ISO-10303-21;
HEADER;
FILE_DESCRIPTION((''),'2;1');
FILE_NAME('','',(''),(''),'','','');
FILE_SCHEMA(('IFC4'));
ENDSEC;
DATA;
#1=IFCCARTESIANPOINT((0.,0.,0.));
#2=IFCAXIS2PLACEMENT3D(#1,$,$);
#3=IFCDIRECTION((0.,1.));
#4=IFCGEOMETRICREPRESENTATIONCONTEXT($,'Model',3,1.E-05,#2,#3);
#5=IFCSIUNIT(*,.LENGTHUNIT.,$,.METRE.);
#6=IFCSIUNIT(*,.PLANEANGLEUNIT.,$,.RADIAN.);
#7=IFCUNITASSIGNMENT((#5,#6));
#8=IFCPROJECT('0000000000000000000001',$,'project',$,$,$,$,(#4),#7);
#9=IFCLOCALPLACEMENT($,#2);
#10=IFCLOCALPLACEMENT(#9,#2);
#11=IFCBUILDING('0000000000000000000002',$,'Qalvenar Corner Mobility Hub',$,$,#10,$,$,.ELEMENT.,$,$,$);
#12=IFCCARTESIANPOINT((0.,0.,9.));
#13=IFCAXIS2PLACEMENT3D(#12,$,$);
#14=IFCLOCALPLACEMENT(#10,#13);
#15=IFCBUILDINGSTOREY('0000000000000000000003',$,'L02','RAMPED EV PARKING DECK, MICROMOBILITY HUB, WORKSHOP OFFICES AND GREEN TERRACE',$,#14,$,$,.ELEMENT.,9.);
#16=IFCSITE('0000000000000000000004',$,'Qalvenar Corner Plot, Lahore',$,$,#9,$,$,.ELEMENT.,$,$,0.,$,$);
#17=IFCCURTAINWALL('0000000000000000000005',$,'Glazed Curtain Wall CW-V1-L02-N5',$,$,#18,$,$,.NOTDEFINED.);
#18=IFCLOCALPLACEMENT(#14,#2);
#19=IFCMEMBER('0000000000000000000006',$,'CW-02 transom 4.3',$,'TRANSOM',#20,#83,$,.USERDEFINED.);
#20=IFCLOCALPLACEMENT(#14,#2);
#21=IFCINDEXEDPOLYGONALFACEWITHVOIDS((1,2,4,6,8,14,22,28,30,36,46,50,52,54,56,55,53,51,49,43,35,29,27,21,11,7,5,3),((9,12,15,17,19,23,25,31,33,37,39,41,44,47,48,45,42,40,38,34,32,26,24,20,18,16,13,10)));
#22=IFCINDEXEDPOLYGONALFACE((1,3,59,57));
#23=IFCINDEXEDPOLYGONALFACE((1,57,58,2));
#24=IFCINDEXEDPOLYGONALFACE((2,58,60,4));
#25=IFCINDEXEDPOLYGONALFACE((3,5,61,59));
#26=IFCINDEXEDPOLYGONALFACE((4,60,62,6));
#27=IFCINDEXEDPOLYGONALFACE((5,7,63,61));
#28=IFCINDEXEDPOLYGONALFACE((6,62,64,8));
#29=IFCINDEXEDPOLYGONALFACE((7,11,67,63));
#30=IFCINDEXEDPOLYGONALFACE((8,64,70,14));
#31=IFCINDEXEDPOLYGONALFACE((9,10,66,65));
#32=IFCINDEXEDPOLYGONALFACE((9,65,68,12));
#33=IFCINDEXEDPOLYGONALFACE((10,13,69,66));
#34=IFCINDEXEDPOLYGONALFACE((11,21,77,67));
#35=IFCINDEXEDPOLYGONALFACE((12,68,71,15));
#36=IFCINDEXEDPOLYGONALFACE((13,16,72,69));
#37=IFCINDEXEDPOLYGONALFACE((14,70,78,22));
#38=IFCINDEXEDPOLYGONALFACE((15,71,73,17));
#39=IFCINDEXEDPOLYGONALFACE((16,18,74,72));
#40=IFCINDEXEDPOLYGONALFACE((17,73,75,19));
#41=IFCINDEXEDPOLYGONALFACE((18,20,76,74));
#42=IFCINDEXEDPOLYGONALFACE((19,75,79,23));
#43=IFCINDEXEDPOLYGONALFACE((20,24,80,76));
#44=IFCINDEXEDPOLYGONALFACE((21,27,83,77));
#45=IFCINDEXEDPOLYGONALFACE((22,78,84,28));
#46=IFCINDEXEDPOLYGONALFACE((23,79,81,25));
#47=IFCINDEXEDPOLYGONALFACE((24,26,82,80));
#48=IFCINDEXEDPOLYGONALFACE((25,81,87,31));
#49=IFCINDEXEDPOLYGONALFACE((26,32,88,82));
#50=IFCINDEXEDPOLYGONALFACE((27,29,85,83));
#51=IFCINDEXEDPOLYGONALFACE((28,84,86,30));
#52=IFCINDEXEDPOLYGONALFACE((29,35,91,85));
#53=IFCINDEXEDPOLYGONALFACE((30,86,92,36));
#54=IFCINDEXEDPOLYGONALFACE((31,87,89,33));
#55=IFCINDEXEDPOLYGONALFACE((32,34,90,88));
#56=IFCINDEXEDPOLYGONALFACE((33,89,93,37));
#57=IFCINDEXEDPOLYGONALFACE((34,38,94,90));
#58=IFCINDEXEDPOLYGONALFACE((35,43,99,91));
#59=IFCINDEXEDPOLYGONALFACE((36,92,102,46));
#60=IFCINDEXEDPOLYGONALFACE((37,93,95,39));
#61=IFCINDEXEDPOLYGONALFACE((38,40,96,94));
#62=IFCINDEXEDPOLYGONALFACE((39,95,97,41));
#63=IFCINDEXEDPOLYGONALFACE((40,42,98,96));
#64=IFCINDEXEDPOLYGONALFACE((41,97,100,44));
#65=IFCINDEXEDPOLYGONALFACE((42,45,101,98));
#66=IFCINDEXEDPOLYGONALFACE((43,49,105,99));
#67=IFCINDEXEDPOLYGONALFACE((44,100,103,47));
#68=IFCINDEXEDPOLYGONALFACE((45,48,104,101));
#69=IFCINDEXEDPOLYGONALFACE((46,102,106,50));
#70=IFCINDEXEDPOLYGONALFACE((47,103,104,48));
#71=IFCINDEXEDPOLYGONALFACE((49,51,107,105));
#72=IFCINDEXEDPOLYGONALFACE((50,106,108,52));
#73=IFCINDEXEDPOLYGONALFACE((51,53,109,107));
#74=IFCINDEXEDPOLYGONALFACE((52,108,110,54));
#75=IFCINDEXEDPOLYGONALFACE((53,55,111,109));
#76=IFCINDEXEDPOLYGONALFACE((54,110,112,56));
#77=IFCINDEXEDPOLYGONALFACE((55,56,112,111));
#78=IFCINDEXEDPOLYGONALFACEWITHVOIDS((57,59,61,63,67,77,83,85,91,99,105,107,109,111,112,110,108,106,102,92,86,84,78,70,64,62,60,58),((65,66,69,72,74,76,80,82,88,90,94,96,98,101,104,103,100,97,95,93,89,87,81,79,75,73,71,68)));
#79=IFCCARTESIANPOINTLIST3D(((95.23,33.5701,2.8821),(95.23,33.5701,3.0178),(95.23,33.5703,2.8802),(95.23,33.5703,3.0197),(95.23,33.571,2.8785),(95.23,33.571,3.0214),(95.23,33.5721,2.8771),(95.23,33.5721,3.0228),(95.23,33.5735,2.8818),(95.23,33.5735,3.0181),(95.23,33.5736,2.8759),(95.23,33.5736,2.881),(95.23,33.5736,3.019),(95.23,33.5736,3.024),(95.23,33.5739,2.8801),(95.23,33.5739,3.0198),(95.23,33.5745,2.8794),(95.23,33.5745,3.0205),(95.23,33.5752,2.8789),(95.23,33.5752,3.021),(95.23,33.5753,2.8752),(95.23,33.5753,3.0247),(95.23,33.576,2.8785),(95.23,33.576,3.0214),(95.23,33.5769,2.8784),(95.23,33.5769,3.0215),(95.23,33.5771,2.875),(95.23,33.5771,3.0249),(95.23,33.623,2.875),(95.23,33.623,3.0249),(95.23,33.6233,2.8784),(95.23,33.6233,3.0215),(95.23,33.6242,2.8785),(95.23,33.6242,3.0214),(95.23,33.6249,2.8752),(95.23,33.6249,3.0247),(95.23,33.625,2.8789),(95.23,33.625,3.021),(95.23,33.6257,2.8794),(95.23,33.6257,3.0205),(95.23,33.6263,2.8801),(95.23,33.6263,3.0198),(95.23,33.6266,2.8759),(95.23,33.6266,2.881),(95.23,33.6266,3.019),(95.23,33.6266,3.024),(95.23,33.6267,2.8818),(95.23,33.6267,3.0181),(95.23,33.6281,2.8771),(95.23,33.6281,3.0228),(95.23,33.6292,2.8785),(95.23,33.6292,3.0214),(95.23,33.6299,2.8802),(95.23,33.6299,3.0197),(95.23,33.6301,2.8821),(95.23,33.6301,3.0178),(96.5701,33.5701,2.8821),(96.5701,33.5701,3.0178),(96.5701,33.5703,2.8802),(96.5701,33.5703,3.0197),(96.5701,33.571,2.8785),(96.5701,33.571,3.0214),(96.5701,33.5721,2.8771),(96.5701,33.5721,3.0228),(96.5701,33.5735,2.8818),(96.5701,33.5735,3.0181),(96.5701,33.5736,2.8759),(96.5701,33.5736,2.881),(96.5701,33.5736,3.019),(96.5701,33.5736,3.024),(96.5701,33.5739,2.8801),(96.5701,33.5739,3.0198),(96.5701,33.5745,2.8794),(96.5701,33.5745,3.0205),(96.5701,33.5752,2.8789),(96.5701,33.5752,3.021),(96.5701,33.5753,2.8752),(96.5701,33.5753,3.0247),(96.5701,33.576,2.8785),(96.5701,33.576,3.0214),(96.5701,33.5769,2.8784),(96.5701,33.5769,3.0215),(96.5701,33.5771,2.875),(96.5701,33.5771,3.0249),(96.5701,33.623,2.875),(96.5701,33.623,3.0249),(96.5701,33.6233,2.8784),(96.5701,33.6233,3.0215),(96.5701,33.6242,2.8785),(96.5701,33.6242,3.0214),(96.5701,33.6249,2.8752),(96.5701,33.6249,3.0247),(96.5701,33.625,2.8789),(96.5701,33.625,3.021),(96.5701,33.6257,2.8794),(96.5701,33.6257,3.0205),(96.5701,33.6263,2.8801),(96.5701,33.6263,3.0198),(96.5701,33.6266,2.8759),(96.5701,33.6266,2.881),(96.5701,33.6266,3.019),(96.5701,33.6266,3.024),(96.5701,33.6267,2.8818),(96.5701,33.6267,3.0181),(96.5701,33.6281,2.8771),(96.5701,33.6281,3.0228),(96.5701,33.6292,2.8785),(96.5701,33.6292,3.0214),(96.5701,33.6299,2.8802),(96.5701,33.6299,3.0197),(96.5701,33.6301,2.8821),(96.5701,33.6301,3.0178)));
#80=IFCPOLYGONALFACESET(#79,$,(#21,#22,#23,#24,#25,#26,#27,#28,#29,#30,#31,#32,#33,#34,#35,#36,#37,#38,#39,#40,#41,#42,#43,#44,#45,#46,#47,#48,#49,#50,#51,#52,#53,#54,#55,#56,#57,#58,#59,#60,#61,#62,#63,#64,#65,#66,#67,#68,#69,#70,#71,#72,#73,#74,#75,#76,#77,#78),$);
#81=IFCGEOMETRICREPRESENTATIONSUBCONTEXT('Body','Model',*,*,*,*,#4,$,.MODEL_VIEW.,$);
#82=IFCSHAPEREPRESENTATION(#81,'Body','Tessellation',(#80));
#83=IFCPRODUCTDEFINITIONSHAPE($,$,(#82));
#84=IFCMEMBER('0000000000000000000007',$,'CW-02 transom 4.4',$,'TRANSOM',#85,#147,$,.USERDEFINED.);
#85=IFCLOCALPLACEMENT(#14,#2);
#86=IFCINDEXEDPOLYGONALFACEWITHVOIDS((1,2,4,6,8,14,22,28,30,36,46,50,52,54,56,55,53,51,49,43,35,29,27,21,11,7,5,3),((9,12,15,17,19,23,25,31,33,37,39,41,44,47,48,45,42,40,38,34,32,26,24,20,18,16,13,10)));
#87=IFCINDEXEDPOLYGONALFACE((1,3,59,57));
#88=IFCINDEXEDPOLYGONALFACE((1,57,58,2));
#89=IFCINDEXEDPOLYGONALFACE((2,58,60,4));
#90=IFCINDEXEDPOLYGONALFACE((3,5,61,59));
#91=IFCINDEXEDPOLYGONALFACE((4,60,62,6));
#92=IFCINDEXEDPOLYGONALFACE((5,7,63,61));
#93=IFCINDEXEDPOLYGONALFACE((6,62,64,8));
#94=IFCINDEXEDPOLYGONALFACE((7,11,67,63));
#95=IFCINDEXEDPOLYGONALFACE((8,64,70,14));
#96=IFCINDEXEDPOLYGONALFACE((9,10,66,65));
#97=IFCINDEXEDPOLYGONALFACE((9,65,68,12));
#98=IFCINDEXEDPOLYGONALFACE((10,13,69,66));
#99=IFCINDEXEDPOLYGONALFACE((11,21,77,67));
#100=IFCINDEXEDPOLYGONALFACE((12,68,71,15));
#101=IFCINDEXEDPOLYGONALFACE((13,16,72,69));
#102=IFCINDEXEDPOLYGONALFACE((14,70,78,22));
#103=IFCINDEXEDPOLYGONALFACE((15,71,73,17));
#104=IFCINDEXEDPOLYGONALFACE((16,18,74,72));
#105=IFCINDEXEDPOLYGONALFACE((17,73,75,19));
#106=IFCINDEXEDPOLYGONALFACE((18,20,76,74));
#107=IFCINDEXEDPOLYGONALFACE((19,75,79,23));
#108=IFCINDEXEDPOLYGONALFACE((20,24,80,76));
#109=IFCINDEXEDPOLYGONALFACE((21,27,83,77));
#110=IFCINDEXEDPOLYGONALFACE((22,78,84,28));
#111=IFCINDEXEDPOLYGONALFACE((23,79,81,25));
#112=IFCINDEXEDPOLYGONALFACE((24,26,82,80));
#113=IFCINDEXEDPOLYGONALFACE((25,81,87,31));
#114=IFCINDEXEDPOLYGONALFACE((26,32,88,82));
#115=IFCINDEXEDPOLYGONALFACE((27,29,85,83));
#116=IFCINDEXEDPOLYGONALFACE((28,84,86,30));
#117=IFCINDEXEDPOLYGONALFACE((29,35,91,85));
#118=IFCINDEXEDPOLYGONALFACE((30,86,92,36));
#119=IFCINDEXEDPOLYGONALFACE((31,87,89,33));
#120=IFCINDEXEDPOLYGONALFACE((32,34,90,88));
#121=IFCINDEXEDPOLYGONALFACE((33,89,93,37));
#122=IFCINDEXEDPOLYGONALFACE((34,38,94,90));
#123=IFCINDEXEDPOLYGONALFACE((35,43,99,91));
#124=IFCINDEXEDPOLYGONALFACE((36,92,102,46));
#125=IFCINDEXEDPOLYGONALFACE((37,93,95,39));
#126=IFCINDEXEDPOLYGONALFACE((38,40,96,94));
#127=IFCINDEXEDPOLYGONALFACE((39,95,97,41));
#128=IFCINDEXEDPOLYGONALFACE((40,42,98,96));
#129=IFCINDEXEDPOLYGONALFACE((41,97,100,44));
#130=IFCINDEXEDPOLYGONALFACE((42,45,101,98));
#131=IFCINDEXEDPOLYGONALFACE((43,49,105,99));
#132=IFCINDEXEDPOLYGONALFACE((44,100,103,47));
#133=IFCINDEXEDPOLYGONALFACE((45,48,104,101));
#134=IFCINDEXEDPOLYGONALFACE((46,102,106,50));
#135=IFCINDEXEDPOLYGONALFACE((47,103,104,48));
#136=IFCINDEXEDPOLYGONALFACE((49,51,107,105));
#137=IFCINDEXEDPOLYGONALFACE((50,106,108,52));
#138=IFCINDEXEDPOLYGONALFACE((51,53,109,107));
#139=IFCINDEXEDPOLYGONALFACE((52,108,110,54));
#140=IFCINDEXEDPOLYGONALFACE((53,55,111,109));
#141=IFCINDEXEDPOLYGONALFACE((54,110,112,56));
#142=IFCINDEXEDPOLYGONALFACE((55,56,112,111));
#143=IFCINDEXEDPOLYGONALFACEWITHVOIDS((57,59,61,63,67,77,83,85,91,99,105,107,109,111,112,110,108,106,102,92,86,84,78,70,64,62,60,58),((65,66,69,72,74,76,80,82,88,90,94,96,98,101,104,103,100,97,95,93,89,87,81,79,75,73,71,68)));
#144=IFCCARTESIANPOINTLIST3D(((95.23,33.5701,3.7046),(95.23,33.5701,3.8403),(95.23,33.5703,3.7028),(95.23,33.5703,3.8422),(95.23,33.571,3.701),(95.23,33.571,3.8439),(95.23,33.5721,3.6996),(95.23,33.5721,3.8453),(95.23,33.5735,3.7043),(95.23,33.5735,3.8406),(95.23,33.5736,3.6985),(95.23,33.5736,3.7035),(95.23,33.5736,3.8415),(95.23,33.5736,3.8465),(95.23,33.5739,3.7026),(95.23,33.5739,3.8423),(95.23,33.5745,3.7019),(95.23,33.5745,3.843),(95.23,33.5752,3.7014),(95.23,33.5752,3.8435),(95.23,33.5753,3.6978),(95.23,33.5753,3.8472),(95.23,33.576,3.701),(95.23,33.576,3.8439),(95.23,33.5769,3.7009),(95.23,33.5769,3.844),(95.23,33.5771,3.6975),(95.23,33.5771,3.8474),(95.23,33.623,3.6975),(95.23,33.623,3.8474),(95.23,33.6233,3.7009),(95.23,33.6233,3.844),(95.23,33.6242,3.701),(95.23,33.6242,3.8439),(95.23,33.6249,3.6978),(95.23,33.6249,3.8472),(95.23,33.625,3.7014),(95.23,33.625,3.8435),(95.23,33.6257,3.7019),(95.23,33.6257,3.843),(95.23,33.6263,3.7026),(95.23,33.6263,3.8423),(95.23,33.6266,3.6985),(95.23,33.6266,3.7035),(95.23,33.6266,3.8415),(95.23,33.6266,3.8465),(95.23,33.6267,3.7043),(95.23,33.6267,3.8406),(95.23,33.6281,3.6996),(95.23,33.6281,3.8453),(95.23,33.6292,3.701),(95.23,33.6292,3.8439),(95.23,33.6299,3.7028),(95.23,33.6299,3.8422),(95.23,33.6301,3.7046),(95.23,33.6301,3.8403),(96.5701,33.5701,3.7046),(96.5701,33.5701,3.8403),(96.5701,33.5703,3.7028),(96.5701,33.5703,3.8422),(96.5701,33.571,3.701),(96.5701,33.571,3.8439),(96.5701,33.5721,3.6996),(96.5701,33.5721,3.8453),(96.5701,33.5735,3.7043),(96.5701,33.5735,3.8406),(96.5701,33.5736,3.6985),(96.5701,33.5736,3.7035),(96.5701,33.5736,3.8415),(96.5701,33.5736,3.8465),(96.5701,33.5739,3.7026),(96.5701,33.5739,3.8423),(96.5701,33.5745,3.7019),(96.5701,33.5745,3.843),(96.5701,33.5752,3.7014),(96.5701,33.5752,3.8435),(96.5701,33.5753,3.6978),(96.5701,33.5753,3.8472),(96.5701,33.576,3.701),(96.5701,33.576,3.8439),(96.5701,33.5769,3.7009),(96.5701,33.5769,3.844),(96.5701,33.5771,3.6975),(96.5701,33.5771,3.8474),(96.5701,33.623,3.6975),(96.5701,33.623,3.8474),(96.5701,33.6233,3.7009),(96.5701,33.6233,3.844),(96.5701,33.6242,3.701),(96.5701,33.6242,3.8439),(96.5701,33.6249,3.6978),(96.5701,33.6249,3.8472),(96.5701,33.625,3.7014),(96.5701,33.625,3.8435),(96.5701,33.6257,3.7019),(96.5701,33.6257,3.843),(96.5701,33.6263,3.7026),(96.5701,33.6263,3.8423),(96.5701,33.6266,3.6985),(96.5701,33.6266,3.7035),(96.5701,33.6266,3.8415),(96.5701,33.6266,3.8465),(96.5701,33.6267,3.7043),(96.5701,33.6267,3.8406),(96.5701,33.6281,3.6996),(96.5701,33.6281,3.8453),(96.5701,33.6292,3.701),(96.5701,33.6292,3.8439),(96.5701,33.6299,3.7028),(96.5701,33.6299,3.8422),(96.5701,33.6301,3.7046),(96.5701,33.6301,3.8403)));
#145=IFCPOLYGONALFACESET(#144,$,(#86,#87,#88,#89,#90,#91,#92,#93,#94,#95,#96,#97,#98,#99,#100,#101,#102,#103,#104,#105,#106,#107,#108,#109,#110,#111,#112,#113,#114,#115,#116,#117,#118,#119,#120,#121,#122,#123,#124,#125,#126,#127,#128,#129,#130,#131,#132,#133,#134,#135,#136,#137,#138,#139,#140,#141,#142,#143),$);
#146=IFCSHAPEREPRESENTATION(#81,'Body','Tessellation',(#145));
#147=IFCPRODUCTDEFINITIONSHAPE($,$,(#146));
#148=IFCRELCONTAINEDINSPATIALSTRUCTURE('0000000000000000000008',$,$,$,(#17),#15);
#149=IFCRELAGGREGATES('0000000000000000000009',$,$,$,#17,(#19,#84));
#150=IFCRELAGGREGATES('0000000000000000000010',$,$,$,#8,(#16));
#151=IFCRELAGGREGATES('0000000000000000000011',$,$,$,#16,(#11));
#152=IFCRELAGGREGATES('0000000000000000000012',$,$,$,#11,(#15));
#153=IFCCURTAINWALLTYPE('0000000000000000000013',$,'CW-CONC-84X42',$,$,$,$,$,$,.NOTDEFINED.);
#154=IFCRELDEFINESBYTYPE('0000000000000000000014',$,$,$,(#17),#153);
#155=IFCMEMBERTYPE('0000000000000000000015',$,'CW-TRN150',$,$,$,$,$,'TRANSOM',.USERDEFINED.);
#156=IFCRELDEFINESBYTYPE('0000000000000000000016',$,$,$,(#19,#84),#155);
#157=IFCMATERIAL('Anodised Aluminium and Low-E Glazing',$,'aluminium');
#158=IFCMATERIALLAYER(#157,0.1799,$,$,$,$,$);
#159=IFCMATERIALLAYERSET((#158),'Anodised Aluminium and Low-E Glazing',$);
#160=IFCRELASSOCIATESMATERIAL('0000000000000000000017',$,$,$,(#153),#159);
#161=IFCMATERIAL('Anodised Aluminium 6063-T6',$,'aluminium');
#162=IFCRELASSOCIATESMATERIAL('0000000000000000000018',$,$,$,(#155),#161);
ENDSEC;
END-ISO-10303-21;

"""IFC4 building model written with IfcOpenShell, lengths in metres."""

from ifc_helpers import new_model, si_unit, direction, frame, origin, origin_2d, place, context, subcontext, project, spatial, hollow_rectangle, extrude, material, layer, layer_set, material_profile, profile_set, type_object, element, aggregate, save


model = new_model("IFC4")

# Units and contexts
model_context = context("Model", 3, precision=1e-05, world=origin(), true_north=direction((0.0, 1.0)))
body_context = subcontext(model_context, "Body", "Model", "MODEL_VIEW")
ifc_project = project(units=[si_unit("LENGTHUNIT", "METRE"), si_unit("PLANEANGLEUNIT", "RADIAN")], contexts=[model_context])

# Site, building, storey
site_placement = place(None, origin())
site = spatial("IfcSite", under=ifc_project, at=site_placement, Name="Qalvenar Corner Plot, Lahore", CompositionType="ELEMENT", RefElevation=0.0)
building_placement = place(site_placement, origin())
building = spatial("IfcBuilding", under=site, at=building_placement, Name="Qalvenar Corner Mobility Hub", CompositionType="ELEMENT")
storey_placement = place(building_placement, frame((0.0, 0.0, 9.0)))
storey = spatial("IfcBuildingStorey", under=building, at=storey_placement, Name="L02", Description="RAMPED EV PARKING DECK, MICROMOBILITY HUB, WORKSHOP OFFICES AND GREEN TERRACE", CompositionType="ELEMENT", Elevation=9.0)

# Curtain wall, members
ifc_material_1 = material(Name="Anodised Aluminium and Low-E Glazing", Category="aluminium")
ifc_layer_1 = layer(ifc_material_1, 0.1799)
ifc_layer_set_1 = layer_set([ifc_layer_1], Name="Anodised Aluminium and Low-E Glazing")
curtain_wall_type = type_object("IfcCurtainWallType", Name="CW-CONC-84X42", PredefinedType="NOTDEFINED", material=ifc_layer_set_1)
curtain_wall_placement = place(storey_placement, origin())
curtain_wall = element("IfcCurtainWall", 1, at=curtain_wall_placement, inside=storey, type_object=curtain_wall_type, Name="Glazed Curtain Wall CW-V1-L02-N5", PredefinedType="NOTDEFINED")
ifc_material_2 = material(Name="Anodised Aluminium 6063-T6", Category="aluminium")
ifc_material_profile_1 = material_profile(ifc_material_2, hollow_rectangle(XDim=0.0601, YDim=0.1499, WallThickness=0.0034, InnerFilletRadius=0.0034, OuterFilletRadius=0.0071, at=origin_2d()), Name="RHS150x60x3.5")
ifc_profile_set_1 = profile_set([ifc_material_profile_1], Name="Anodised Aluminium 6063-T6")
member_type_1 = type_object("IfcMemberType", Name="CW-TRN150", ElementType="TRANSOM", PredefinedType="USERDEFINED", material=ifc_profile_set_1)
member_1_placement = place(storey_placement, frame((96.5701, 33.6001, 2.95), z_axis=(-1.0, 0.0, 0.0), x_axis=(0.0, -1.0, 0.0)))
member_1 = element("IfcMember", 2, at=member_1_placement, type_object=member_type_1, Name="CW-02 transom 4.3", ObjectType="TRANSOM", PredefinedType="USERDEFINED", context=body_context, shape_type="SweptSolid", body=[
    extrude(hollow_rectangle(XDim=0.0601, YDim=0.1499, WallThickness=0.0034, InnerFilletRadius=0.0034, OuterFilletRadius=0.0071, at=origin_2d()), origin(), (0.0, 0.0, 1.0), 1.3401),
])
member_2_placement = place(storey_placement, frame((96.5701, 33.6001, 3.7725), z_axis=(-1.0, 0.0, 0.0), x_axis=(0.0, -1.0, 0.0)))
member_2 = element("IfcMember", 3, at=member_2_placement, type_object=member_type_1, Name="CW-02 transom 4.4", ObjectType="TRANSOM", PredefinedType="USERDEFINED", context=body_context, shape_type="SweptSolid", body=[
    extrude(hollow_rectangle(XDim=0.0601, YDim=0.1499, WallThickness=0.0034, InnerFilletRadius=0.0034, OuterFilletRadius=0.0071, at=origin_2d()), origin(), (0.0, 0.0, 1.0), 1.3401),
])
aggregate(curtain_wall, [member_1, member_2])

save(model, "model.ifc")
